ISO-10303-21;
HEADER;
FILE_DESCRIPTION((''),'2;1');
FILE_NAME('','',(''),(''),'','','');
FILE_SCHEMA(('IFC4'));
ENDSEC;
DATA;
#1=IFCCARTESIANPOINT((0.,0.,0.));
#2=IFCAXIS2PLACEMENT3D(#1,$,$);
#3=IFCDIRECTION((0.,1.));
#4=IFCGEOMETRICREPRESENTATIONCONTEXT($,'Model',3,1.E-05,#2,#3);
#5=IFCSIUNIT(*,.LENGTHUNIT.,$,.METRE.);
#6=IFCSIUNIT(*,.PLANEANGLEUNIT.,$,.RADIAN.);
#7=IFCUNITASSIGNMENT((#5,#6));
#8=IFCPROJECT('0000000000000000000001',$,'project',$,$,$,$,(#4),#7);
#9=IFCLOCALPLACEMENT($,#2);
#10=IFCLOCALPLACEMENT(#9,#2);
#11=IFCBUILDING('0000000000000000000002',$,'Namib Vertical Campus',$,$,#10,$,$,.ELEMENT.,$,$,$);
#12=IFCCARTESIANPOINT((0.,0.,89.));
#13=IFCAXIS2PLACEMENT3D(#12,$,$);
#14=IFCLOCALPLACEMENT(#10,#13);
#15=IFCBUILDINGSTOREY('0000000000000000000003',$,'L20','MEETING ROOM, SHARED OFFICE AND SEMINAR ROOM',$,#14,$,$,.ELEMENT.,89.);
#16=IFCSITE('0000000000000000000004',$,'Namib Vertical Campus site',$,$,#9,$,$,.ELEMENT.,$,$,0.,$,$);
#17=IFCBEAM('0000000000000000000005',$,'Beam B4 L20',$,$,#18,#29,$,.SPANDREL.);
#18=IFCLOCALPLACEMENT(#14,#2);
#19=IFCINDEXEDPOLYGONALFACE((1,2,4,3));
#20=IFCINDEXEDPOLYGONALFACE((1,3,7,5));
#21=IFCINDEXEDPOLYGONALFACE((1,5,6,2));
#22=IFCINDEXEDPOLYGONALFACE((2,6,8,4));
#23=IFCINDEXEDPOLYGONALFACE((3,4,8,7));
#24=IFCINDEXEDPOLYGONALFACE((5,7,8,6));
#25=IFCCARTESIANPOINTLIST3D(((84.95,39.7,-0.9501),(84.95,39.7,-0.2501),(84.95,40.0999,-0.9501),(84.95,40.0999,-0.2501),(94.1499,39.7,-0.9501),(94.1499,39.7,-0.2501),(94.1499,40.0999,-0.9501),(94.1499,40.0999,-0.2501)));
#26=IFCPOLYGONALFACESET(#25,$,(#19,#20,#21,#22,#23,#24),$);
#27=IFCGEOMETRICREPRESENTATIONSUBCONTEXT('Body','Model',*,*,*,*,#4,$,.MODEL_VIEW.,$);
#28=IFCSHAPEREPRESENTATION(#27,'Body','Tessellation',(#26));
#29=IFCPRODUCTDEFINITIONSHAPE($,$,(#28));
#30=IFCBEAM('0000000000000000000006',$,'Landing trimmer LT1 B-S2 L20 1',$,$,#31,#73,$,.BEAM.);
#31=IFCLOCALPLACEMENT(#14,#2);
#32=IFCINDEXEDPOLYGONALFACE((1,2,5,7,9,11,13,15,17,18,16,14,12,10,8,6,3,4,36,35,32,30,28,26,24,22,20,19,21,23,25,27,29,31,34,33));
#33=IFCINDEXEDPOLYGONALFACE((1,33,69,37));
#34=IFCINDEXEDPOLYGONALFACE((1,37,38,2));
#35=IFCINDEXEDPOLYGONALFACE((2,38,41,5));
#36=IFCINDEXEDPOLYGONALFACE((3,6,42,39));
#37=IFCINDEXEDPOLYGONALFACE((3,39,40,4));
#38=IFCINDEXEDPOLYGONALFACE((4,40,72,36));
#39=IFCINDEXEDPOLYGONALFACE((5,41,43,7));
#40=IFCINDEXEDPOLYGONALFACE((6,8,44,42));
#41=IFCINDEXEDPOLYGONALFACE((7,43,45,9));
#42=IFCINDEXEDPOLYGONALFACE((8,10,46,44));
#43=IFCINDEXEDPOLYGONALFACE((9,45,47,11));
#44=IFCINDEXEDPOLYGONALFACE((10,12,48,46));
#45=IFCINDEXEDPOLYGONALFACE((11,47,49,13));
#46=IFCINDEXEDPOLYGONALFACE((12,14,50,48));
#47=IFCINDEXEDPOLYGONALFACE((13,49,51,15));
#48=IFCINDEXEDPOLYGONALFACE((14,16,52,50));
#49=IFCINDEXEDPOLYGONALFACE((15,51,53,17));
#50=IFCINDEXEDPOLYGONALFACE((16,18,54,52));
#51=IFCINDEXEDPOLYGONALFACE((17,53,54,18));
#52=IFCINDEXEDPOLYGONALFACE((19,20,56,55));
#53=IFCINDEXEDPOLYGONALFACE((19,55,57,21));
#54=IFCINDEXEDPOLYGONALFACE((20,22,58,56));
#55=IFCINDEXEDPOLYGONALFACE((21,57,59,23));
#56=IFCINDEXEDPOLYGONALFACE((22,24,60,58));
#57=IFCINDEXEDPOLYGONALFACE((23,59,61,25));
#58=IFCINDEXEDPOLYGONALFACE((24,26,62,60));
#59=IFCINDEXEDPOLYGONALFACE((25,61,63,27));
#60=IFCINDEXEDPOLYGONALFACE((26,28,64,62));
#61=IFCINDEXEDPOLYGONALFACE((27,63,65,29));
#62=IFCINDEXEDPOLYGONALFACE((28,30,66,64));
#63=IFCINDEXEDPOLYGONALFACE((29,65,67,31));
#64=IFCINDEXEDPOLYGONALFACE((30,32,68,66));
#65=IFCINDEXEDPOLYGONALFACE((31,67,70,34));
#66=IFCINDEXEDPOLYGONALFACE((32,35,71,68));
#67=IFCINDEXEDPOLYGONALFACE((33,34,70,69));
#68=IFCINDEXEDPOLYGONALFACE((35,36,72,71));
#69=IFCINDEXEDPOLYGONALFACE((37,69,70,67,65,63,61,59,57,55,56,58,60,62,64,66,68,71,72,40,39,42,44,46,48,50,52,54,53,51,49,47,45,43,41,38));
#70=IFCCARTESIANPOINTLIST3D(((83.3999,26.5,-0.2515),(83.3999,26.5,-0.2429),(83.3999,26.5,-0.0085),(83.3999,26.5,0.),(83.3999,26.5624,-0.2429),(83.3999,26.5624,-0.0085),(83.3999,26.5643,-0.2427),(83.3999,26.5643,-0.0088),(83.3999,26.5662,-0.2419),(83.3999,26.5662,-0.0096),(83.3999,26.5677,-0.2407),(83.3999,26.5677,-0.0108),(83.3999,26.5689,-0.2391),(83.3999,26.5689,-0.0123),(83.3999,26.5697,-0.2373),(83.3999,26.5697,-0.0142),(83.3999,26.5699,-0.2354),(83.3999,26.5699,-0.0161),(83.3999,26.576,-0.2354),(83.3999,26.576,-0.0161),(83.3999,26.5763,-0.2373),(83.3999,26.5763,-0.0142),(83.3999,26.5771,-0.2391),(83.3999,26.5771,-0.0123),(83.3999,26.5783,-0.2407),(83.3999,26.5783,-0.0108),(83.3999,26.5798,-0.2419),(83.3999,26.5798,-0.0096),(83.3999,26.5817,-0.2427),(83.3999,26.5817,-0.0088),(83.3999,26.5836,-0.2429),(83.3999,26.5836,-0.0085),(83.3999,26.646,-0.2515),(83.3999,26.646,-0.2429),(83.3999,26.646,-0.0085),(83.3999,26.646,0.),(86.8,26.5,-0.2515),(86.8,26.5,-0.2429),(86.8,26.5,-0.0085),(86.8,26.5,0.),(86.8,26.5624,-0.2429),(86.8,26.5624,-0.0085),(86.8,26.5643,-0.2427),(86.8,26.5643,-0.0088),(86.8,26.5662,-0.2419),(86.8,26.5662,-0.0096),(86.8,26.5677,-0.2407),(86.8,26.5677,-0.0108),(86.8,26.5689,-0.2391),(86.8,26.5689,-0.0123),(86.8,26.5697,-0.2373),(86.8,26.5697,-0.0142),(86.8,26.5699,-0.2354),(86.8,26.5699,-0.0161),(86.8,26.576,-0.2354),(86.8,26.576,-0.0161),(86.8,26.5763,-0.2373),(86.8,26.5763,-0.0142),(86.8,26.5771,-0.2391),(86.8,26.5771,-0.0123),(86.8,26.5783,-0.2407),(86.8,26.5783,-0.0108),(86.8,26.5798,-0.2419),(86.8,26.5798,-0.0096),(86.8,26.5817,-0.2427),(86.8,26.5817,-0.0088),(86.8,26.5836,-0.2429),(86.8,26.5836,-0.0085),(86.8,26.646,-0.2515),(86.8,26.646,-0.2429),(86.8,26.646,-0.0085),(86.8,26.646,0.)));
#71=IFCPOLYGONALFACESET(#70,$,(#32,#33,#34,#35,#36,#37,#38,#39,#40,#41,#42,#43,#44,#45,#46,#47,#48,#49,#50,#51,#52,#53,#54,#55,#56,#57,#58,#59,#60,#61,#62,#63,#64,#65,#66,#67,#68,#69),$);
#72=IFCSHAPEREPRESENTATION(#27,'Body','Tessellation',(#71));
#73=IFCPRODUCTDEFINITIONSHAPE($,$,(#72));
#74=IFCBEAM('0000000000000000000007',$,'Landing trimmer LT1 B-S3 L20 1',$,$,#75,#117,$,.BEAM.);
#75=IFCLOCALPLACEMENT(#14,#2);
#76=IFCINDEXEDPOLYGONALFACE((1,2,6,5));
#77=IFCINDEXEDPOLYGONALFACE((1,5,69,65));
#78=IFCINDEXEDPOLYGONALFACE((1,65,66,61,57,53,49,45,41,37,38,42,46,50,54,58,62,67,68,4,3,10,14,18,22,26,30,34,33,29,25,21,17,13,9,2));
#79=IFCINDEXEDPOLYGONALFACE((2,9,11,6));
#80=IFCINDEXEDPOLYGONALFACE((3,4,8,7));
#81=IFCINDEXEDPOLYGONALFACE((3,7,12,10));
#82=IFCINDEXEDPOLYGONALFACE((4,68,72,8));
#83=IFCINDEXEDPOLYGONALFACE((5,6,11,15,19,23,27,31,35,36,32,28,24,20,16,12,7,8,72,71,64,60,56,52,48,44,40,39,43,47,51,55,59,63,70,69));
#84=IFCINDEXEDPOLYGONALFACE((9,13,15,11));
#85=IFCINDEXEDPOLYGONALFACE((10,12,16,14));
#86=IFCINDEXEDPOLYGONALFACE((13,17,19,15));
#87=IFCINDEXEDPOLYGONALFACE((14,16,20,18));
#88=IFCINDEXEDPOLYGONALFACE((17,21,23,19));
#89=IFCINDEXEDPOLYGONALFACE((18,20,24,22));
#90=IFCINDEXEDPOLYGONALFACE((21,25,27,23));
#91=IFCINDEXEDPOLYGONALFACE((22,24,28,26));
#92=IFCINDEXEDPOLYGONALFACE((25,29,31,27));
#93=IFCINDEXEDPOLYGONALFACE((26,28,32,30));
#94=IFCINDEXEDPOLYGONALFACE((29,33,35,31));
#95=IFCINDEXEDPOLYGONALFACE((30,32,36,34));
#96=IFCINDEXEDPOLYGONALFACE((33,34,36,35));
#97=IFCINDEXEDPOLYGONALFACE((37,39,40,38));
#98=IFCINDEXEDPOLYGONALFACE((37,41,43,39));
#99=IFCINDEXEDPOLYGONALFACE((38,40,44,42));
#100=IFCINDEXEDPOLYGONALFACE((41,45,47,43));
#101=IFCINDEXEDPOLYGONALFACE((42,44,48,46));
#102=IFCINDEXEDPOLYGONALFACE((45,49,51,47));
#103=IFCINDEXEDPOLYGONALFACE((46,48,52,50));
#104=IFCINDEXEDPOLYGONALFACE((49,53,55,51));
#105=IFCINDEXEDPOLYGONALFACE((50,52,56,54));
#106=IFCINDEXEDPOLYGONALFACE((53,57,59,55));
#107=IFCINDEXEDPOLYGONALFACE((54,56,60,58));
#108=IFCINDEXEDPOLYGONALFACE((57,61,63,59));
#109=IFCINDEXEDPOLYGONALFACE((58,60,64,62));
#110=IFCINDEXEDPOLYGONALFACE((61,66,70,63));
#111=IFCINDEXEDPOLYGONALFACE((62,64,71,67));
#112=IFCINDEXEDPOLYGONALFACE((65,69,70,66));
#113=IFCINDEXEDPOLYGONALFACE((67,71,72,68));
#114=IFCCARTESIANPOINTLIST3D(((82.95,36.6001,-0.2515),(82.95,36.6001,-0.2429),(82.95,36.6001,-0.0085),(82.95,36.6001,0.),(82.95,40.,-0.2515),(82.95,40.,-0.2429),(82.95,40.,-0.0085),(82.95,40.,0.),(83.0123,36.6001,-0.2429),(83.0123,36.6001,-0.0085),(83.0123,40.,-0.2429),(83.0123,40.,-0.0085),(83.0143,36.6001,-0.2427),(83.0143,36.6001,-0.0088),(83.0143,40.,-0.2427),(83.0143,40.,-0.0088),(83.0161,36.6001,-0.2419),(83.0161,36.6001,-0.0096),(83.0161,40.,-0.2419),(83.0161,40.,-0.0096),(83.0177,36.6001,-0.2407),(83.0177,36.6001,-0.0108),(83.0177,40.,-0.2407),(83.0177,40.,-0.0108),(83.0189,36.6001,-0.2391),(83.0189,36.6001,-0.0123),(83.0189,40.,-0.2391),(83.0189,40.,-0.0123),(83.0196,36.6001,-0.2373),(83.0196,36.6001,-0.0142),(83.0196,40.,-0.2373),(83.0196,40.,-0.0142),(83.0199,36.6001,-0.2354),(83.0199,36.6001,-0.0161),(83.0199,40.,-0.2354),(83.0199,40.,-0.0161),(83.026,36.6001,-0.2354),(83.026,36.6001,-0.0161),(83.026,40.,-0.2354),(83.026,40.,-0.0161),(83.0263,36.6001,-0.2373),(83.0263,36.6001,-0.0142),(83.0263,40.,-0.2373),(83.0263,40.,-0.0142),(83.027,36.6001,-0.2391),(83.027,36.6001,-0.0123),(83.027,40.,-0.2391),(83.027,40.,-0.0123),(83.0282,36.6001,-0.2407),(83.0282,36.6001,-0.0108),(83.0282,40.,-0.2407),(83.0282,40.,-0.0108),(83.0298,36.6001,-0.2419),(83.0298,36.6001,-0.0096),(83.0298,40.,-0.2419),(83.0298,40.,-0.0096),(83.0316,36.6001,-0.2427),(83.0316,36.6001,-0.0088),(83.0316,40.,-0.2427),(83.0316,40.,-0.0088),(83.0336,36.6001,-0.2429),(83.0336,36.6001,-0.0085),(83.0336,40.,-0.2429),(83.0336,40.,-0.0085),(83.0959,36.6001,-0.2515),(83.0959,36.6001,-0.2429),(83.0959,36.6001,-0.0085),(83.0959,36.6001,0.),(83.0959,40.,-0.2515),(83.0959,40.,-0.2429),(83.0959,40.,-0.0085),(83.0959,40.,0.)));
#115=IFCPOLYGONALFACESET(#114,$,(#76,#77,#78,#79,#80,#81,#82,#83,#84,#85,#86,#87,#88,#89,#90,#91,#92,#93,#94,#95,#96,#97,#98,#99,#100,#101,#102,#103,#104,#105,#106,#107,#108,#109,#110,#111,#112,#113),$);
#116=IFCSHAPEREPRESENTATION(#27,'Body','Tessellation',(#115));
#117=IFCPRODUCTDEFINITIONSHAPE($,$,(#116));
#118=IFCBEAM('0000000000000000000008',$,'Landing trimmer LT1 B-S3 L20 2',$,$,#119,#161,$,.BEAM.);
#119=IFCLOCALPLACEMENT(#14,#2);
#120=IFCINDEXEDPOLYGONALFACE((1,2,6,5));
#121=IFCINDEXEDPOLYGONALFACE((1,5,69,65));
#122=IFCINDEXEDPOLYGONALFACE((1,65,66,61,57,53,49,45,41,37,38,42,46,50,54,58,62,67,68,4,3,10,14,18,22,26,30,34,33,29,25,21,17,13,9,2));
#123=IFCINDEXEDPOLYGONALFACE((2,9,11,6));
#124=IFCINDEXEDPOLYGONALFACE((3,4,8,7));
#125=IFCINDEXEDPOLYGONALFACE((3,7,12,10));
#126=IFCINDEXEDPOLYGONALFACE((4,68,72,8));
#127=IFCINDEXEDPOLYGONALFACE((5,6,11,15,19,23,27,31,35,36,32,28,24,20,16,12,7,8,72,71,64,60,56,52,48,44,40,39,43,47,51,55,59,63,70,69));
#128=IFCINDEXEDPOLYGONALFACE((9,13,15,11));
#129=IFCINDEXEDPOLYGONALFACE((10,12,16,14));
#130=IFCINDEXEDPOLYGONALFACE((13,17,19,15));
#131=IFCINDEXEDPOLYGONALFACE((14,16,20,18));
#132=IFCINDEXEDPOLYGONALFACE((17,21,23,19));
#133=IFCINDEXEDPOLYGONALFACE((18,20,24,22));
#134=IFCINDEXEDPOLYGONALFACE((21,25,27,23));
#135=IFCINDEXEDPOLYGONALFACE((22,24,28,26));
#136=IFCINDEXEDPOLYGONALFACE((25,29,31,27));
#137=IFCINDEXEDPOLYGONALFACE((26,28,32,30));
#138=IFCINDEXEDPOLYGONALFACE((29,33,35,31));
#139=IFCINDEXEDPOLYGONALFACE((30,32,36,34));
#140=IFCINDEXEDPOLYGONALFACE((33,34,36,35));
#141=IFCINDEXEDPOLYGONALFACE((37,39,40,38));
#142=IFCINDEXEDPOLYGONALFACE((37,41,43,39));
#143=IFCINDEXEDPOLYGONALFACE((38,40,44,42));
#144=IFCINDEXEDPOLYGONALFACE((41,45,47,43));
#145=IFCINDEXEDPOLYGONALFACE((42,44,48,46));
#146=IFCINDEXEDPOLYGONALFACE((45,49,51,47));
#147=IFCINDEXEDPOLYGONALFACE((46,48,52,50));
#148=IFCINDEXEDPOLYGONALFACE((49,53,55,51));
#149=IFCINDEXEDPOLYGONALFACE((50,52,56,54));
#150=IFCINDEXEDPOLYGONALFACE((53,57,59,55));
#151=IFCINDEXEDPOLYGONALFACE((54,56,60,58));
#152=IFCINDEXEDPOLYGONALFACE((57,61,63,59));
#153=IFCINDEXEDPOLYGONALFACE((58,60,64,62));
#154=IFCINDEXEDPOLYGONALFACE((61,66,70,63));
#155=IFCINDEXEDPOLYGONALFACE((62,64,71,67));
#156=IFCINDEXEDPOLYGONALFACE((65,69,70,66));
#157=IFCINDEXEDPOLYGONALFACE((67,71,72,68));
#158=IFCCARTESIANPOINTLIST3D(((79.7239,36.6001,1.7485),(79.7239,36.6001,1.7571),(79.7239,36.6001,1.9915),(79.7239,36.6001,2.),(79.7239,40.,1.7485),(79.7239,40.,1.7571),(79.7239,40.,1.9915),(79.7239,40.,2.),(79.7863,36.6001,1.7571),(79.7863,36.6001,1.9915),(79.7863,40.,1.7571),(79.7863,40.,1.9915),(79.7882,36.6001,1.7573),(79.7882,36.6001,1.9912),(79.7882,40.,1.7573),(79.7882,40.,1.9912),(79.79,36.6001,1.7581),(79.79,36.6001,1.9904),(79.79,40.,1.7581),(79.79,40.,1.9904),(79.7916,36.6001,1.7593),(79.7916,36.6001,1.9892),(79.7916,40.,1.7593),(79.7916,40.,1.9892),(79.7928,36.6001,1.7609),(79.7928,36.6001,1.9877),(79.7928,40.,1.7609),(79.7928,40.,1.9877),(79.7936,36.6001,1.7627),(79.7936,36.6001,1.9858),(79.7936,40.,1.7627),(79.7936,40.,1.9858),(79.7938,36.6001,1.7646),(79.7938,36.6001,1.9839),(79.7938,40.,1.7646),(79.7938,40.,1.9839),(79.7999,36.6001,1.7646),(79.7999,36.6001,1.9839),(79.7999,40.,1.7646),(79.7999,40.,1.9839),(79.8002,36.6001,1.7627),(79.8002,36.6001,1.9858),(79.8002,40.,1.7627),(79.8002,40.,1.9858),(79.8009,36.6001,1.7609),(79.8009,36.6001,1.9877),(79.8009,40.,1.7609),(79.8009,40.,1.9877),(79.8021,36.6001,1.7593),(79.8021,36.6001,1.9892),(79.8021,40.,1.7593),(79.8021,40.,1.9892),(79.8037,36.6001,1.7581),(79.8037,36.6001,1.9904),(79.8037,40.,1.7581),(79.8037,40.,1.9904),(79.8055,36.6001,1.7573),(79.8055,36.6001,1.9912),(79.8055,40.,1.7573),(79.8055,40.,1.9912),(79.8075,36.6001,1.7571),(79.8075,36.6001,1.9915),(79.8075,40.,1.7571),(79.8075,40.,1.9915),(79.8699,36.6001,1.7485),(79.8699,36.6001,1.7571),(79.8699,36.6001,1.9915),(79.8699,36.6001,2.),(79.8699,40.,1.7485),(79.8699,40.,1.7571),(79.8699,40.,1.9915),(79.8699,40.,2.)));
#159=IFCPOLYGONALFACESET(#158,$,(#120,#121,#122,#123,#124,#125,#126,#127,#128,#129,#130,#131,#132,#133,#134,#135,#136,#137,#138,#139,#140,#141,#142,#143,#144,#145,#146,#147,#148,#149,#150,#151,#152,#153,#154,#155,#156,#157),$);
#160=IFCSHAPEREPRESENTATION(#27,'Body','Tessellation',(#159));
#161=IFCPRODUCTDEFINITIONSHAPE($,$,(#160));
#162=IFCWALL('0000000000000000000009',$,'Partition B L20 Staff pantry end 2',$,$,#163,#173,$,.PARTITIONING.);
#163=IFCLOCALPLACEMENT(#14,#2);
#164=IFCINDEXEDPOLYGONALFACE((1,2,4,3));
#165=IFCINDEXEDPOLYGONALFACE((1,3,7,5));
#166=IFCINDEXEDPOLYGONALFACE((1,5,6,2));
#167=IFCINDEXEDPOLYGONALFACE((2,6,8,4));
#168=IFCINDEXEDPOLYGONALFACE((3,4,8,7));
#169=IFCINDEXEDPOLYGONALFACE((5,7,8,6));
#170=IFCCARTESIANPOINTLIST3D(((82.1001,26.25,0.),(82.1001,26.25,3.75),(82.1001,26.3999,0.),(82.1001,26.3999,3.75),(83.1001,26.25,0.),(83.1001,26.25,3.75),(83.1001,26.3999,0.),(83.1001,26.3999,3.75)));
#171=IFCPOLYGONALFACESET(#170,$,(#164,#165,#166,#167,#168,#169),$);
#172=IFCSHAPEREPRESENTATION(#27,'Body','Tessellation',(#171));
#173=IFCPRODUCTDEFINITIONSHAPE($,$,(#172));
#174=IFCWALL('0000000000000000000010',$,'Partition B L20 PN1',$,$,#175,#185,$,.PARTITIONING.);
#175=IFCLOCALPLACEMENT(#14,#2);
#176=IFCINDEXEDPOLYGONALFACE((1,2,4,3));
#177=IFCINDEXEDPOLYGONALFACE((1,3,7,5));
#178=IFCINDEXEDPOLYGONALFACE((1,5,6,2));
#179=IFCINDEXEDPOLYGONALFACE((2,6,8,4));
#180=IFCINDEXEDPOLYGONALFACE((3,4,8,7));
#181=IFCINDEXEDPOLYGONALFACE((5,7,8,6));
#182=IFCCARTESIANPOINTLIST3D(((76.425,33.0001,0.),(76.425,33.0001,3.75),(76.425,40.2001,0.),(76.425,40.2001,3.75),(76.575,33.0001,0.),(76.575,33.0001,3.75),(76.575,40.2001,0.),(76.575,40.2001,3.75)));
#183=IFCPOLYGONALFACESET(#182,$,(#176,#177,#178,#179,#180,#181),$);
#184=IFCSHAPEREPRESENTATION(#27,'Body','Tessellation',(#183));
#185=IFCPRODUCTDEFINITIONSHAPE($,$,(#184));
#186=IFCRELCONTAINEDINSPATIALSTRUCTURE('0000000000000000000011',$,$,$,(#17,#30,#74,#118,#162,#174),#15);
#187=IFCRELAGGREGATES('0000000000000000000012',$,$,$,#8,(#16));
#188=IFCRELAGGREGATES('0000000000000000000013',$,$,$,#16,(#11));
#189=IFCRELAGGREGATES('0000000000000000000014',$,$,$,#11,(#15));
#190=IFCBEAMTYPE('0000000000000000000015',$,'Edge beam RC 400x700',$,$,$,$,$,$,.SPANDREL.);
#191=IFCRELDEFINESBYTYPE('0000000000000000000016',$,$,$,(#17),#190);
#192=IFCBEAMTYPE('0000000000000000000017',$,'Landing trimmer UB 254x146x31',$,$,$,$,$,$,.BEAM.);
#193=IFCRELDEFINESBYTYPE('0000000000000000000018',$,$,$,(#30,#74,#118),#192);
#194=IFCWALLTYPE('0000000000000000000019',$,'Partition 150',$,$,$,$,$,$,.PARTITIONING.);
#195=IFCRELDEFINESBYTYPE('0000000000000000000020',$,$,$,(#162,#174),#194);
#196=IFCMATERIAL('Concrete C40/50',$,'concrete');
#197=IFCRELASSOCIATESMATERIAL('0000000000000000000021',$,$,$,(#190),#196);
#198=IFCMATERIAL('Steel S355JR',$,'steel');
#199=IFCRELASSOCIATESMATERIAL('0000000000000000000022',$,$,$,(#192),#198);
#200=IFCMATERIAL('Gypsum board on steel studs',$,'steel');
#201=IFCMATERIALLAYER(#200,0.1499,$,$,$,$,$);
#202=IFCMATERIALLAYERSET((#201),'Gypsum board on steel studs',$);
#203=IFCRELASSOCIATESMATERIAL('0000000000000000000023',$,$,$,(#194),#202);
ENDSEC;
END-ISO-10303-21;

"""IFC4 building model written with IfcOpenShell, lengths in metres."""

from ifc_helpers import new_model, si_unit, direction, frame, frame_2d, origin, origin_2d, place, context, subcontext, project, spatial, rectangle, i_section, extrude, material, layer, layer_set, material_profile, profile_set, type_object, element, save


model = new_model("IFC4")

# Units and contexts
model_context = context("Model", 3, precision=1e-05, world=origin(), true_north=direction((0.0, 1.0)))
body_context = subcontext(model_context, "Body", "Model", "MODEL_VIEW")
ifc_project = project(units=[si_unit("LENGTHUNIT", "METRE"), si_unit("PLANEANGLEUNIT", "RADIAN")], contexts=[model_context])

# Site, building, storey
site_placement = place(None, origin())
site = spatial("IfcSite", under=ifc_project, at=site_placement, Name="Namib Vertical Campus site", CompositionType="ELEMENT", RefElevation=0.0)
building_placement = place(site_placement, origin())
building = spatial("IfcBuilding", under=site, at=building_placement, Name="Namib Vertical Campus", CompositionType="ELEMENT")
storey_placement = place(building_placement, frame((0.0, 0.0, 89.0)))
storey = spatial("IfcBuildingStorey", under=building, at=storey_placement, Name="L20", Description="MEETING ROOM, SHARED OFFICE AND SEMINAR ROOM", CompositionType="ELEMENT", Elevation=89.0)

# Beams
ifc_material_1 = material(Name="Concrete C40/50", Category="concrete")
ifc_material_profile_1 = material_profile(ifc_material_1, rectangle(XDim=0.3999, YDim=0.7, at=origin_2d()))
ifc_profile_set_1 = profile_set([ifc_material_profile_1], Name="Concrete C40/50")
beam_type_1 = type_object("IfcBeamType", Name="Edge beam RC 400x700", PredefinedType="SPANDREL", material=ifc_profile_set_1)
beam_1_placement = place(storey_placement, frame((84.95, 39.8999, -0.6001), z_axis=(1.0, 0.0, 0.0), x_axis=(0.0, 1.0, 0.0)))
element("IfcBeam", 1, at=beam_1_placement, inside=storey, type_object=beam_type_1, Name="Beam B4 L20", PredefinedType="SPANDREL", context=body_context, shape_type="SweptSolid", body=[
    extrude(rectangle(XDim=0.3999, YDim=0.7, at=origin_2d()), origin(), (0.0, 0.0, 1.0), 9.2),
])
ifc_material_2 = material(Name="Steel S355JR", Category="steel")
ifc_material_profile_2 = material_profile(ifc_material_2, i_section(OverallWidth=0.146, OverallDepth=0.2515, WebThickness=0.0061, FlangeThickness=0.0085, FilletRadius=0.0076, at=origin_2d()))
ifc_profile_set_2 = profile_set([ifc_material_profile_2], Name="Steel S355JR")
beam_type_2 = type_object("IfcBeamType", Name="Landing trimmer UB 254x146x31", PredefinedType="BEAM", material=ifc_profile_set_2)
beam_2_placement = place(storey_placement, frame((83.3999, 26.573, -0.1257), z_axis=(1.0, 0.0, 0.0), x_axis=(0.0, 1.0, 0.0)))
element("IfcBeam", 2, at=beam_2_placement, inside=storey, type_object=beam_type_2, Name="Landing trimmer LT1 B-S2 L20 1", PredefinedType="BEAM", context=body_context, shape_type="SweptSolid", body=[
    extrude(i_section(OverallWidth=0.146, OverallDepth=0.2515, WebThickness=0.0061, FlangeThickness=0.0085, FilletRadius=0.0076, at=origin_2d()), origin(), (0.0, 0.0, 1.0), 3.4001),
])
for number, where, z_axis, x_axis, name in (
    (3, (83.0229, 36.6001, -0.1257), (0.0, 1.0, 0.0), (-1.0, 0.0, 0.0), "Landing trimmer LT1 B-S3 L20 1"),
    (4, (79.7969, 36.6001, 1.8743), (0.0, 1.0, 0.0), (-1.0, 0.0, 0.0), "Landing trimmer LT1 B-S3 L20 2"),
):
    element("IfcBeam", number, at=place(storey_placement, frame(where, z_axis=z_axis, x_axis=x_axis)), inside=storey, type_object=beam_type_2, Name=name, PredefinedType="BEAM", context=body_context, shape_type="SweptSolid", body=[
        extrude(i_section(OverallWidth=0.146, OverallDepth=0.2515, WebThickness=0.0061, FlangeThickness=0.0085, FilletRadius=0.0076, at=origin_2d()), origin(), (0.0, 0.0, 1.0), 3.3999),
    ])

# Walls
ifc_material_3 = material(Name="Gypsum board on steel studs", Category="steel")
ifc_layer_1 = layer(ifc_material_3, 0.1499)
ifc_layer_set_1 = layer_set([ifc_layer_1], Name="Gypsum board on steel studs")
wall_type_1 = type_object("IfcWallType", Name="Partition 150", PredefinedType="PARTITIONING", material=ifc_layer_set_1)
wall_1_placement = place(storey_placement, frame((82.1001, 26.325, 0.0), z_axis=(0.0, 0.0, 1.0), x_axis=(1.0, 0.0, 0.0)))
element("IfcWall", 5, at=wall_1_placement, inside=storey, type_object=wall_type_1, Name="Partition B L20 Staff pantry end 2", PredefinedType="PARTITIONING", context=body_context, shape_type="SweptSolid", body=[
    extrude(rectangle(XDim=1.0, YDim=0.1499, at=frame_2d((0.5, 0.0))), origin(), (0.0, 0.0, 1.0), 3.75),
])
wall_2_placement = place(storey_placement, frame((76.5, 33.0, 0.0), z_axis=(0.0, 0.0, 1.0), x_axis=(0.0, 1.0, 0.0)))
element("IfcWall", 6, at=wall_2_placement, inside=storey, type_object=wall_type_1, Name="Partition B L20 PN1", PredefinedType="PARTITIONING", context=body_context, shape_type="SweptSolid", body=[
    extrude(rectangle(XDim=7.2, YDim=0.1499, at=frame_2d((3.6001, 0.0))), origin(), (0.0, 0.0, 1.0), 3.75),
])

save(model, "model.ifc")
